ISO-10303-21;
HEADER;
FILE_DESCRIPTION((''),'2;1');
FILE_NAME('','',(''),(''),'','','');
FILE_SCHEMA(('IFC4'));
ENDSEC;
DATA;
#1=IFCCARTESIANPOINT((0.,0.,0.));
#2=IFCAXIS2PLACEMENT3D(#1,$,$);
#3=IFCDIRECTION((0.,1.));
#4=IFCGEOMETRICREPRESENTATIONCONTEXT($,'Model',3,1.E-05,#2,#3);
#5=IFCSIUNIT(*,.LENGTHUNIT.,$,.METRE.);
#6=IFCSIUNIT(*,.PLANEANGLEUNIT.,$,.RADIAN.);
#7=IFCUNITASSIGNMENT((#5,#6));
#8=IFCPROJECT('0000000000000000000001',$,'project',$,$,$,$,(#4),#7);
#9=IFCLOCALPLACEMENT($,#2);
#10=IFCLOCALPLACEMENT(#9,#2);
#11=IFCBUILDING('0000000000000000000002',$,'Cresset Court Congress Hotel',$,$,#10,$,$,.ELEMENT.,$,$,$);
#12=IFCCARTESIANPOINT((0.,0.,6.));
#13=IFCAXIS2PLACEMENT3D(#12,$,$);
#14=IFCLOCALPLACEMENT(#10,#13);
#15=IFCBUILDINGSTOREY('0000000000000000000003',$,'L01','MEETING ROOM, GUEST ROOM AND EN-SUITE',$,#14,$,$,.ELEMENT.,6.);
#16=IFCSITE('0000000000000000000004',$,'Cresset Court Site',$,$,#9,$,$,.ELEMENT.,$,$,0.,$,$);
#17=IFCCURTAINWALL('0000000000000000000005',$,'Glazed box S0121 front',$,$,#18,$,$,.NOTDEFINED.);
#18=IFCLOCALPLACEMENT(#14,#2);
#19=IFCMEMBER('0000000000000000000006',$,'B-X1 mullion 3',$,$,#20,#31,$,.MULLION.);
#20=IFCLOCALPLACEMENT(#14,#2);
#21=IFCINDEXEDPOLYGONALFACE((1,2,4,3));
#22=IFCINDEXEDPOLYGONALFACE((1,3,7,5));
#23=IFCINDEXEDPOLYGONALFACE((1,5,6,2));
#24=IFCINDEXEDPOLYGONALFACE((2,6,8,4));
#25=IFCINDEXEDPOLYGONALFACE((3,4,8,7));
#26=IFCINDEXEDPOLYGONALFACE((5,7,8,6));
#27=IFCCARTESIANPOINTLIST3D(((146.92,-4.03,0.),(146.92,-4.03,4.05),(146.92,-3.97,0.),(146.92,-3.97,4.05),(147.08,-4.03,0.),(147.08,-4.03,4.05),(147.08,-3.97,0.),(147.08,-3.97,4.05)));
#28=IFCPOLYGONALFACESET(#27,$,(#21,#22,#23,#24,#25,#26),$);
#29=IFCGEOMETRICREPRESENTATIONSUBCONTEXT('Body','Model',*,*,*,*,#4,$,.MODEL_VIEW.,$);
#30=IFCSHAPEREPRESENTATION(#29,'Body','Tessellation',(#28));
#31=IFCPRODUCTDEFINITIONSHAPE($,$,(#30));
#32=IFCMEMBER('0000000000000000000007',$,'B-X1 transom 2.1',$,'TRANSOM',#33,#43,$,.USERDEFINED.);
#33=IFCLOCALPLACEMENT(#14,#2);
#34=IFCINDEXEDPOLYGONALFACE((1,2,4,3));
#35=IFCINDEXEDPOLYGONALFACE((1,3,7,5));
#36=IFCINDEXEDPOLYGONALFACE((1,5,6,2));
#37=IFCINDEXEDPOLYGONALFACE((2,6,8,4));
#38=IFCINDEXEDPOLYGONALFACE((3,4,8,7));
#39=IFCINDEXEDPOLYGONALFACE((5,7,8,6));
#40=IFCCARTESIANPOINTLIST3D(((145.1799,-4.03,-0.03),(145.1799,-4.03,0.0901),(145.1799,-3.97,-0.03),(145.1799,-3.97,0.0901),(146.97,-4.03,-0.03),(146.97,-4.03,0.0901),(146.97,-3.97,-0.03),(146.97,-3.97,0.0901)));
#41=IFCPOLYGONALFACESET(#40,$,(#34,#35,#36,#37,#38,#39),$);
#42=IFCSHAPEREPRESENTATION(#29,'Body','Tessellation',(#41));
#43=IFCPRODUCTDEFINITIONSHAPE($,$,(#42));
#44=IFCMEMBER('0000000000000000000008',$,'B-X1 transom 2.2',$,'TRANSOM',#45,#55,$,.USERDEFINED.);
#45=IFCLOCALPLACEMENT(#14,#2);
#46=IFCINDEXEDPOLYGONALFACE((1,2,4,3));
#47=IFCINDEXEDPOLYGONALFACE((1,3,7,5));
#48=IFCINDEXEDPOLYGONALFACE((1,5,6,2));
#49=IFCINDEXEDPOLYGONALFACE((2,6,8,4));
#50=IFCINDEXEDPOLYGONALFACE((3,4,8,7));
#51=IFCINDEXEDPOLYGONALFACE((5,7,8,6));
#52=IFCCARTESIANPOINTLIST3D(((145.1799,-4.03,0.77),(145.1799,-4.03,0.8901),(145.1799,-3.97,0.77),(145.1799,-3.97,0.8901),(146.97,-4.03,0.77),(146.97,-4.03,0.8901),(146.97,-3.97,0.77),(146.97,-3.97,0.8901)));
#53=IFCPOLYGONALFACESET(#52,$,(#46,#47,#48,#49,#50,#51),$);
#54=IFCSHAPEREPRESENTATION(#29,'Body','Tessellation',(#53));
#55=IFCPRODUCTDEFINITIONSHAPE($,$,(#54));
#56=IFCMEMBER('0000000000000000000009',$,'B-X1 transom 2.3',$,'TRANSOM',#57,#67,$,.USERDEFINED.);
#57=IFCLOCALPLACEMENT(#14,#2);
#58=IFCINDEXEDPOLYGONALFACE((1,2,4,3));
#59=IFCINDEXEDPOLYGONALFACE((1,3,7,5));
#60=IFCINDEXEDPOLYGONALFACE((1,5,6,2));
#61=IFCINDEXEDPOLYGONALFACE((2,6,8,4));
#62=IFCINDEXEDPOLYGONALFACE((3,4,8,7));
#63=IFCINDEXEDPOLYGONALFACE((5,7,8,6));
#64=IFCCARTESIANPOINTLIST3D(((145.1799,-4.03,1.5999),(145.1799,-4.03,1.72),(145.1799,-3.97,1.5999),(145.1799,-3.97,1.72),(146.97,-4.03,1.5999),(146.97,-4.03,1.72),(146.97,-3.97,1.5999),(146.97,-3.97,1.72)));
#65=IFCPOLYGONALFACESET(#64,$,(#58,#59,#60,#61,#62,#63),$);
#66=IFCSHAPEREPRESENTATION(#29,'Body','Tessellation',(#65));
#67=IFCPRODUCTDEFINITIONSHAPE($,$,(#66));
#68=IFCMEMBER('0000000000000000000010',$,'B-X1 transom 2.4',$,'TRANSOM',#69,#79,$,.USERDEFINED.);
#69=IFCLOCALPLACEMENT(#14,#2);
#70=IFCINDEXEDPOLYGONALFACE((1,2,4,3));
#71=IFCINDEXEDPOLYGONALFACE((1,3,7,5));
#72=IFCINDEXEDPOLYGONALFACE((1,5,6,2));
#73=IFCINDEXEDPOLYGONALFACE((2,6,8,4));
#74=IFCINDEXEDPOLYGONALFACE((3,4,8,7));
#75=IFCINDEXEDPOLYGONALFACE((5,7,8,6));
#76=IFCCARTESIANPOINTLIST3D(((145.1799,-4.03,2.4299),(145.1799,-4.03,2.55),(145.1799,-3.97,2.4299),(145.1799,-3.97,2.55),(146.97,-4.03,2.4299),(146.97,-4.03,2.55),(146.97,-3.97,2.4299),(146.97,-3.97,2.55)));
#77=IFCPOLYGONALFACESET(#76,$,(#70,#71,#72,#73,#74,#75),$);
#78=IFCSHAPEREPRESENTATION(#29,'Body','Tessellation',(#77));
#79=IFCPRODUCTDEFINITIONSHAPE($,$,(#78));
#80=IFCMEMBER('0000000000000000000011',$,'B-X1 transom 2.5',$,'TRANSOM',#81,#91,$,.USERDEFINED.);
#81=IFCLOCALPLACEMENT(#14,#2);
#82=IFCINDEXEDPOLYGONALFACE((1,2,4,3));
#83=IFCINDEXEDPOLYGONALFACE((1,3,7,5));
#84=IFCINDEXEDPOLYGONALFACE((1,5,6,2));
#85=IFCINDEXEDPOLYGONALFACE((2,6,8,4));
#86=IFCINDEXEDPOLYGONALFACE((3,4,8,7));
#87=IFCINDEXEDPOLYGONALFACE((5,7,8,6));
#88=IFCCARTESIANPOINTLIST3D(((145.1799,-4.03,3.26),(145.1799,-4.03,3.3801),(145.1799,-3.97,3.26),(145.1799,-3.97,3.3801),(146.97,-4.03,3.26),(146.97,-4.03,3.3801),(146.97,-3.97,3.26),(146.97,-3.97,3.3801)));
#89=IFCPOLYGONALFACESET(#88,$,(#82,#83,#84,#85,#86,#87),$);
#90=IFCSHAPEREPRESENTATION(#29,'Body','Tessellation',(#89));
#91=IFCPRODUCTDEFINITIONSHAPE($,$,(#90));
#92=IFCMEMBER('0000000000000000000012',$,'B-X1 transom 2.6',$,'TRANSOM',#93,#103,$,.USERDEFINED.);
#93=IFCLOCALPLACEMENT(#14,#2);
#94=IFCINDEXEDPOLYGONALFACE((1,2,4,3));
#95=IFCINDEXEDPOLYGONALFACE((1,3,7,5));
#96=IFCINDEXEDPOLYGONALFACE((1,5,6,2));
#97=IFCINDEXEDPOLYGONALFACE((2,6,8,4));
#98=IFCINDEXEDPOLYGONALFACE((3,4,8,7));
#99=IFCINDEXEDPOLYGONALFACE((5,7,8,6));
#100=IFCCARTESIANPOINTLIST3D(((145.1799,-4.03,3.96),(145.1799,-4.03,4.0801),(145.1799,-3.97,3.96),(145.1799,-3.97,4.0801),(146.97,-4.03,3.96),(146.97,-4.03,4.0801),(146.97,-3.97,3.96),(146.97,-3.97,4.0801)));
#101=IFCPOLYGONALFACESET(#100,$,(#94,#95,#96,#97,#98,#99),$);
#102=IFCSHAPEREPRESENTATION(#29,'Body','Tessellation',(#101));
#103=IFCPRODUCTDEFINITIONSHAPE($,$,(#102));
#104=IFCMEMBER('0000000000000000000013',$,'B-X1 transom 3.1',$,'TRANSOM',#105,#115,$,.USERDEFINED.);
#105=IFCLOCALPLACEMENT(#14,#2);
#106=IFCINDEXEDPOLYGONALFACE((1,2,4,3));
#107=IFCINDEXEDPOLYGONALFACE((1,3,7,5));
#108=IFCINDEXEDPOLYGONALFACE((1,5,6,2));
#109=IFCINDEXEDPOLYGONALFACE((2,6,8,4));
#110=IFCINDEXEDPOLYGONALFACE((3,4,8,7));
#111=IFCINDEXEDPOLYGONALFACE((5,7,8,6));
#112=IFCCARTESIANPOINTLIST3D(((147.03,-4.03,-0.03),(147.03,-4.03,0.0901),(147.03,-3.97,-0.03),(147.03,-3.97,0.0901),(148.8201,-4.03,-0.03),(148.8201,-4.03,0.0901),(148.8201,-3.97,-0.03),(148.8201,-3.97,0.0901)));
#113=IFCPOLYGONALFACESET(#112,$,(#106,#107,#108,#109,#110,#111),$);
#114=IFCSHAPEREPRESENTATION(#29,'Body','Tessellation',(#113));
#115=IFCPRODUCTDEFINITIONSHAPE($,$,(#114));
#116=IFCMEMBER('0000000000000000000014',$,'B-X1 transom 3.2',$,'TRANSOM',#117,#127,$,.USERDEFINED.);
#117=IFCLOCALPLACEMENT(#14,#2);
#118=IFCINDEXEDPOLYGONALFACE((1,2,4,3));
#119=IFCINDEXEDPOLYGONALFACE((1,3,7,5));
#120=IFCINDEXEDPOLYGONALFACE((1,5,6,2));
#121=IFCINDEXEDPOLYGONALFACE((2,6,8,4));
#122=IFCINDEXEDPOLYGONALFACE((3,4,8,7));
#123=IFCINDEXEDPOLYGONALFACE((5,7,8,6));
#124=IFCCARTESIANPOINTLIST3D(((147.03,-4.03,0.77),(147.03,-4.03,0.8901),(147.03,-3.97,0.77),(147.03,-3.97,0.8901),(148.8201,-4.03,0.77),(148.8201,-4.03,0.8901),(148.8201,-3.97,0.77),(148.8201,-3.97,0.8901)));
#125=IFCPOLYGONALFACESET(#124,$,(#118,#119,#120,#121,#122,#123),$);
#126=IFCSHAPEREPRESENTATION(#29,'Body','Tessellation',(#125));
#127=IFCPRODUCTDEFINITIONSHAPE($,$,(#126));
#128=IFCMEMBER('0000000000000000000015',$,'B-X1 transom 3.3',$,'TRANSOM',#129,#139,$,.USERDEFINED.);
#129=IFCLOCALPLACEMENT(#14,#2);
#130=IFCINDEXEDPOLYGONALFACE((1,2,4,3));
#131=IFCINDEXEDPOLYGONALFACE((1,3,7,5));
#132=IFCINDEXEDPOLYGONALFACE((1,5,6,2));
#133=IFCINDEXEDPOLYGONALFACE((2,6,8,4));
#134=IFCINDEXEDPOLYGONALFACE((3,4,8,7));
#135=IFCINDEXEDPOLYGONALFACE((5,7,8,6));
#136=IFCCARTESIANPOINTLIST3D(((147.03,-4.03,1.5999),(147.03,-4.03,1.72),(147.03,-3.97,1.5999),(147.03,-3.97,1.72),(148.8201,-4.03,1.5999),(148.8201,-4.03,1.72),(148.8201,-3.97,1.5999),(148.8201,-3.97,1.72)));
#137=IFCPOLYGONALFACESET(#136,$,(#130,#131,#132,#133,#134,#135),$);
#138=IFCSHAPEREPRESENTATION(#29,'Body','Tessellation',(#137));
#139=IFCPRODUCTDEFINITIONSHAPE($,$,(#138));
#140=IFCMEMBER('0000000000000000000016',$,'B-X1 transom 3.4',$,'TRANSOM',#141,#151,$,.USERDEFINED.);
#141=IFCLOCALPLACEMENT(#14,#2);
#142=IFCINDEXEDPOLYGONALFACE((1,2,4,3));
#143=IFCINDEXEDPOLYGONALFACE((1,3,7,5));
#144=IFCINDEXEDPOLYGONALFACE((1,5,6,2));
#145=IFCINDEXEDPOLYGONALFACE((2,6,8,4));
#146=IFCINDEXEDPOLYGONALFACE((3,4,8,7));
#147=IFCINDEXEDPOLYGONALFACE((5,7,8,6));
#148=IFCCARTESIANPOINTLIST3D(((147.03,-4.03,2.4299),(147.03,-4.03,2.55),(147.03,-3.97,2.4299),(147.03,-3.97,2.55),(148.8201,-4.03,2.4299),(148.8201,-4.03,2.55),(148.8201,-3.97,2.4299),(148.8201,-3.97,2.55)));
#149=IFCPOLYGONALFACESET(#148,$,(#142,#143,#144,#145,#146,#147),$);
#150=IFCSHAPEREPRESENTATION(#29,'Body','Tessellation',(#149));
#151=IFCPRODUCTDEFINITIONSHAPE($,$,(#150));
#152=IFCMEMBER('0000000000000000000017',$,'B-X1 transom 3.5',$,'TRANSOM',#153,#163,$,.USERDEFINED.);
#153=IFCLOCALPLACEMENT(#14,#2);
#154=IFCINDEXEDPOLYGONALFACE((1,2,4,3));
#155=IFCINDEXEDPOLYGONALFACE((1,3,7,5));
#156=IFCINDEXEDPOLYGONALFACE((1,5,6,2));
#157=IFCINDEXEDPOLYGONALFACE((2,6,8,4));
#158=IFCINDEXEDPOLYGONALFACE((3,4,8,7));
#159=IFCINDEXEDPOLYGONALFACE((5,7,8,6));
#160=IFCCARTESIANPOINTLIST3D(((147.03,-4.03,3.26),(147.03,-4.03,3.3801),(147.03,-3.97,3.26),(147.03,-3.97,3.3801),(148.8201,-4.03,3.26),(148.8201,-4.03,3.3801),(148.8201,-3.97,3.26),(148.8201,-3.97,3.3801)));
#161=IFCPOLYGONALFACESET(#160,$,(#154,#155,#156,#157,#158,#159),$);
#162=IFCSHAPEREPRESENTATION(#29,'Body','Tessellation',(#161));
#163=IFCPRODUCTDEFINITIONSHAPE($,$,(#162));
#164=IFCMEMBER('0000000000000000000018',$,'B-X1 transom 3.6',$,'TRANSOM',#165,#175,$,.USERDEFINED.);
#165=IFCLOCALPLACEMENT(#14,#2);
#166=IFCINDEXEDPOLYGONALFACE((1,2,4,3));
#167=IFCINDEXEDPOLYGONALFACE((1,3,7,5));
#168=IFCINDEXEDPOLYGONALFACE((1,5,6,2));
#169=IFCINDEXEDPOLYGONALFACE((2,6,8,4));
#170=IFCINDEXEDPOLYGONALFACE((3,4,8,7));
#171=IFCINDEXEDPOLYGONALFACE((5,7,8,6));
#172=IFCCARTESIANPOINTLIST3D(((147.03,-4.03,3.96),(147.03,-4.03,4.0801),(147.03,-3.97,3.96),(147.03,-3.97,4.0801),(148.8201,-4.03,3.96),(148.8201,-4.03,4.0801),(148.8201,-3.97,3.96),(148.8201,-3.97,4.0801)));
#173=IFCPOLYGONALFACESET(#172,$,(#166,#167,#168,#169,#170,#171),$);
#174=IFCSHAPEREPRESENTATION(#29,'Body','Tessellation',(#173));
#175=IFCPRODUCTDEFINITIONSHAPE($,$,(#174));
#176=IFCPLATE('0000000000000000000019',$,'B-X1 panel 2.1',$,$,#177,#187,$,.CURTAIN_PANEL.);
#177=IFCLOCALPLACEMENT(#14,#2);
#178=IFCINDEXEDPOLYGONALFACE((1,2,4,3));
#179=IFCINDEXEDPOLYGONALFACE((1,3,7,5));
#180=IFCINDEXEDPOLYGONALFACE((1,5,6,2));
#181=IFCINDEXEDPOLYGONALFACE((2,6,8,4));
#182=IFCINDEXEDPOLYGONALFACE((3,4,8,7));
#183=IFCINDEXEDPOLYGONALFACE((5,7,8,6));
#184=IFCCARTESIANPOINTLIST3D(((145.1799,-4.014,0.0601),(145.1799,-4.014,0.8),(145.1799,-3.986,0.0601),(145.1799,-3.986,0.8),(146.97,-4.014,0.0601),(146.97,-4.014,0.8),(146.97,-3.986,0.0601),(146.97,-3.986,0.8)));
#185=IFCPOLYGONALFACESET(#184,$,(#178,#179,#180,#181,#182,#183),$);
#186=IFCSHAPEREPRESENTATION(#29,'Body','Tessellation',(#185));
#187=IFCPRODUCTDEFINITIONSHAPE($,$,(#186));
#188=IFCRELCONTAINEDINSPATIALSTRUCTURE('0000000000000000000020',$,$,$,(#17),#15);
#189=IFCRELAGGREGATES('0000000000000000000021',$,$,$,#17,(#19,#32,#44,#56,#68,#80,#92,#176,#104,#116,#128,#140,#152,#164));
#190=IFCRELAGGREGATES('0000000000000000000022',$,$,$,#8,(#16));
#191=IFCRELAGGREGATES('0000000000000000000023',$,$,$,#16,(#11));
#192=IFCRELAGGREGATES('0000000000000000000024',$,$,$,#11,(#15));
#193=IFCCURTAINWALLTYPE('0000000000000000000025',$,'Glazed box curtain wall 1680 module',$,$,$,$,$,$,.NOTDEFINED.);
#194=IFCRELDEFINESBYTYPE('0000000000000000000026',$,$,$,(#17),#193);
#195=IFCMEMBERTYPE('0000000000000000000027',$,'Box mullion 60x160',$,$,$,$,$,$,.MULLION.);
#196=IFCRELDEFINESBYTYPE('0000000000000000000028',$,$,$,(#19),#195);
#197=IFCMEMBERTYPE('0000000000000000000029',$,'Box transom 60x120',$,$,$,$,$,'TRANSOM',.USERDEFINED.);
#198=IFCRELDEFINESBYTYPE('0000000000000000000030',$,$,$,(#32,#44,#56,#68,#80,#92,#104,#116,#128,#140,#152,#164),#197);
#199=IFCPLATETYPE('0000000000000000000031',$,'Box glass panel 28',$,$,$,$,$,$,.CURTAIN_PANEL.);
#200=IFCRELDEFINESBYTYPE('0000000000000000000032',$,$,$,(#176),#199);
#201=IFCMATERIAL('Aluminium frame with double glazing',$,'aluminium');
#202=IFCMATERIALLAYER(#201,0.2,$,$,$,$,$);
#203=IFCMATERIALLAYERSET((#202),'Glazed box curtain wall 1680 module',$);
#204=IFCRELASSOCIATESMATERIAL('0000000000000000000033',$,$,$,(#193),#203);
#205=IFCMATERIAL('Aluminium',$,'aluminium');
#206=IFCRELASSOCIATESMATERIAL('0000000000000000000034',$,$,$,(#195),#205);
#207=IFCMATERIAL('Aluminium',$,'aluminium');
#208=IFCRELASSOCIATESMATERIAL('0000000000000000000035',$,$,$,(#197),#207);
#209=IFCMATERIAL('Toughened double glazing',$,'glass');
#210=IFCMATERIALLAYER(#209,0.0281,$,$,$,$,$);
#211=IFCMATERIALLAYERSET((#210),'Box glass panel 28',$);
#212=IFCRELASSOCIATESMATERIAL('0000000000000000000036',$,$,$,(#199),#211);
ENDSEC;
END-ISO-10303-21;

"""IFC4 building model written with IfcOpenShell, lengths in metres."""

from ifc_helpers import new_model, si_unit, direction, frame, origin, origin_2d, place, context, subcontext, project, spatial, rectangle, extrude, material, layer, layer_set, material_profile, profile_set, type_object, element, aggregate, save


model = new_model("IFC4")

# Units and contexts
model_context = context("Model", 3, precision=1e-05, world=origin(), true_north=direction((0.0, 1.0)))
body_context = subcontext(model_context, "Body", "Model", "MODEL_VIEW")
ifc_project = project(units=[si_unit("LENGTHUNIT", "METRE"), si_unit("PLANEANGLEUNIT", "RADIAN")], contexts=[model_context])

# Site, building, storey
site_placement = place(None, origin())
site = spatial("IfcSite", under=ifc_project, at=site_placement, Name="Cresset Court Site", CompositionType="ELEMENT", RefElevation=0.0)
building_placement = place(site_placement, origin())
building = spatial("IfcBuilding", under=site, at=building_placement, Name="Cresset Court Congress Hotel", CompositionType="ELEMENT")
storey_placement = place(building_placement, frame((0.0, 0.0, 6.0)))
storey = spatial("IfcBuildingStorey", under=building, at=storey_placement, Name="L01", Description="MEETING ROOM, GUEST ROOM AND EN-SUITE", CompositionType="ELEMENT", Elevation=6.0)

# Curtain wall, members, plate
ifc_material_1 = material(Name="Aluminium frame with double glazing", Category="aluminium")
ifc_layer_1 = layer(ifc_material_1, 0.2)
ifc_layer_set_1 = layer_set([ifc_layer_1], Name="Glazed box curtain wall 1680 module")
curtain_wall_type = type_object("IfcCurtainWallType", Name="Glazed box curtain wall 1680 module", PredefinedType="NOTDEFINED", material=ifc_layer_set_1)
curtain_wall_placement = place(storey_placement, origin())
curtain_wall = element("IfcCurtainWall", 1, at=curtain_wall_placement, inside=storey, type_object=curtain_wall_type, Name="Glazed box S0121 front", PredefinedType="NOTDEFINED")
ifc_material_2 = material(Name="Aluminium", Category="aluminium")
ifc_material_profile_1 = material_profile(ifc_material_2, rectangle(XDim=0.0601, YDim=0.1599, at=origin_2d()), Name="Box mullion 60x160")
ifc_profile_set_1 = profile_set([ifc_material_profile_1], Name="Aluminium")
member_type_1 = type_object("IfcMemberType", Name="Box mullion 60x160", PredefinedType="MULLION", material=ifc_profile_set_1)
member_1_placement = place(storey_placement, frame((147.0, -4.0, 0.0), z_axis=(0.0, 0.0, 1.0), x_axis=(0.0, 1.0, 0.0)))
member_1 = element("IfcMember", 2, at=member_1_placement, type_object=member_type_1, Name="B-X1 mullion 3", PredefinedType="MULLION", context=body_context, shape_type="SweptSolid", body=[
    extrude(rectangle(XDim=0.0601, YDim=0.1599, at=origin_2d()), origin(), (0.0, 0.0, 1.0), 4.05),
])
ifc_material_3 = material(Name="Aluminium", Category="aluminium")
ifc_material_profile_2 = material_profile(ifc_material_3, rectangle(XDim=0.0601, YDim=0.1201, at=origin_2d()), Name="Box transom 60x120")
ifc_profile_set_2 = profile_set([ifc_material_profile_2], Name="Aluminium")
member_type_2 = type_object("IfcMemberType", Name="Box transom 60x120", ElementType="TRANSOM", PredefinedType="USERDEFINED", material=ifc_profile_set_2)
member_2_placement = place(storey_placement, frame((145.1799, -4.0, 0.03), z_axis=(1.0, 0.0, 0.0), x_axis=(0.0, 1.0, 0.0)))
member_2 = element("IfcMember", 3, at=member_2_placement, type_object=member_type_2, Name="B-X1 transom 2.1", ObjectType="TRANSOM", PredefinedType="USERDEFINED", context=body_context, shape_type="SweptSolid", body=[
    extrude(rectangle(XDim=0.0601, YDim=0.1201, at=origin_2d()), origin(), (0.0, 0.0, 1.0), 1.79),
])
member_3_placement = place(storey_placement, frame((145.1799, -4.0, 0.8301), z_axis=(1.0, 0.0, 0.0), x_axis=(0.0, 1.0, 0.0)))
member_3 = element("IfcMember", 4, at=member_3_placement, type_object=member_type_2, Name="B-X1 transom 2.2", ObjectType="TRANSOM", PredefinedType="USERDEFINED", context=body_context, shape_type="SweptSolid", body=[
    extrude(rectangle(XDim=0.0601, YDim=0.1201, at=origin_2d()), origin(), (0.0, 0.0, 1.0), 1.79),
])
member_4_placement = place(storey_placement, frame((145.1799, -4.0, 1.6599), z_axis=(1.0, 0.0, 0.0), x_axis=(0.0, 1.0, 0.0)))
member_4 = element("IfcMember", 5, at=member_4_placement, type_object=member_type_2, Name="B-X1 transom 2.3", ObjectType="TRANSOM", PredefinedType="USERDEFINED", context=body_context, shape_type="SweptSolid", body=[
    extrude(rectangle(XDim=0.0601, YDim=0.1201, at=origin_2d()), origin(), (0.0, 0.0, 1.0), 1.79),
])
member_5_placement = place(storey_placement, frame((145.1799, -4.0, 2.49), z_axis=(1.0, 0.0, 0.0), x_axis=(0.0, 1.0, 0.0)))
member_5 = element("IfcMember", 6, at=member_5_placement, type_object=member_type_2, Name="B-X1 transom 2.4", ObjectType="TRANSOM", PredefinedType="USERDEFINED", context=body_context, shape_type="SweptSolid", body=[
    extrude(rectangle(XDim=0.0601, YDim=0.1201, at=origin_2d()), origin(), (0.0, 0.0, 1.0), 1.79),
])
member_6_placement = place(storey_placement, frame((145.1799, -4.0, 3.3201), z_axis=(1.0, 0.0, 0.0), x_axis=(0.0, 1.0, 0.0)))
member_6 = element("IfcMember", 7, at=member_6_placement, type_object=member_type_2, Name="B-X1 transom 2.5", ObjectType="TRANSOM", PredefinedType="USERDEFINED", context=body_context, shape_type="SweptSolid", body=[
    extrude(rectangle(XDim=0.0601, YDim=0.1201, at=origin_2d()), origin(), (0.0, 0.0, 1.0), 1.79),
])
member_7_placement = place(storey_placement, frame((145.1799, -4.0, 4.02), z_axis=(1.0, 0.0, 0.0), x_axis=(0.0, 1.0, 0.0)))
member_7 = element("IfcMember", 8, at=member_7_placement, type_object=member_type_2, Name="B-X1 transom 2.6", ObjectType="TRANSOM", PredefinedType="USERDEFINED", context=body_context, shape_type="SweptSolid", body=[
    extrude(rectangle(XDim=0.0601, YDim=0.1201, at=origin_2d()), origin(), (0.0, 0.0, 1.0), 1.79),
])
member_8_placement = place(storey_placement, frame((147.03, -4.0, 0.03), z_axis=(1.0, 0.0, 0.0), x_axis=(0.0, 1.0, 0.0)))
member_8 = element("IfcMember", 9, at=member_8_placement, type_object=member_type_2, Name="B-X1 transom 3.1", ObjectType="TRANSOM", PredefinedType="USERDEFINED", context=body_context, shape_type="SweptSolid", body=[
    extrude(rectangle(XDim=0.0601, YDim=0.1201, at=origin_2d()), origin(), (0.0, 0.0, 1.0), 1.79),
])
member_9_placement = place(storey_placement, frame((147.03, -4.0, 0.8301), z_axis=(1.0, 0.0, 0.0), x_axis=(0.0, 1.0, 0.0)))
member_9 = element("IfcMember", 10, at=member_9_placement, type_object=member_type_2, Name="B-X1 transom 3.2", ObjectType="TRANSOM", PredefinedType="USERDEFINED", context=body_context, shape_type="SweptSolid", body=[
    extrude(rectangle(XDim=0.0601, YDim=0.1201, at=origin_2d()), origin(), (0.0, 0.0, 1.0), 1.79),
])
member_10_placement = place(storey_placement, frame((147.03, -4.0, 1.6599), z_axis=(1.0, 0.0, 0.0), x_axis=(0.0, 1.0, 0.0)))
member_10 = element("IfcMember", 11, at=member_10_placement, type_object=member_type_2, Name="B-X1 transom 3.3", ObjectType="TRANSOM", PredefinedType="USERDEFINED", context=body_context, shape_type="SweptSolid", body=[
    extrude(rectangle(XDim=0.0601, YDim=0.1201, at=origin_2d()), origin(), (0.0, 0.0, 1.0), 1.79),
])
member_11_placement = place(storey_placement, frame((147.03, -4.0, 2.49), z_axis=(1.0, 0.0, 0.0), x_axis=(0.0, 1.0, 0.0)))
member_11 = element("IfcMember", 12, at=member_11_placement, type_object=member_type_2, Name="B-X1 transom 3.4", ObjectType="TRANSOM", PredefinedType="USERDEFINED", context=body_context, shape_type="SweptSolid", body=[
    extrude(rectangle(XDim=0.0601, YDim=0.1201, at=origin_2d()), origin(), (0.0, 0.0, 1.0), 1.79),
])
member_12_placement = place(storey_placement, frame((147.03, -4.0, 3.3201), z_axis=(1.0, 0.0, 0.0), x_axis=(0.0, 1.0, 0.0)))
member_12 = element("IfcMember", 13, at=member_12_placement, type_object=member_type_2, Name="B-X1 transom 3.5", ObjectType="TRANSOM", PredefinedType="USERDEFINED", context=body_context, shape_type="SweptSolid", body=[
    extrude(rectangle(XDim=0.0601, YDim=0.1201, at=origin_2d()), origin(), (0.0, 0.0, 1.0), 1.79),
])
member_13_placement = place(storey_placement, frame((147.03, -4.0, 4.02), z_axis=(1.0, 0.0, 0.0), x_axis=(0.0, 1.0, 0.0)))
member_13 = element("IfcMember", 14, at=member_13_placement, type_object=member_type_2, Name="B-X1 transom 3.6", ObjectType="TRANSOM", PredefinedType="USERDEFINED", context=body_context, shape_type="SweptSolid", body=[
    extrude(rectangle(XDim=0.0601, YDim=0.1201, at=origin_2d()), origin(), (0.0, 0.0, 1.0), 1.79),
])
ifc_material_4 = material(Name="Toughened double glazing", Category="glass")
ifc_layer_2 = layer(ifc_material_4, 0.0281)
ifc_layer_set_2 = layer_set([ifc_layer_2], Name="Box glass panel 28")
plate_type_1 = type_object("IfcPlateType", Name="Box glass panel 28", PredefinedType="CURTAIN_PANEL", material=ifc_layer_set_2)
plate_1_placement = place(storey_placement, frame((146.075, -4.0, 0.0601), z_axis=(0.0, 0.0, 1.0), x_axis=(1.0, 0.0, 0.0)))
plate_1 = element("IfcPlate", 15, at=plate_1_placement, type_object=plate_type_1, Name="B-X1 panel 2.1", PredefinedType="CURTAIN_PANEL", context=body_context, shape_type="SweptSolid", body=[
    extrude(rectangle(XDim=1.79, YDim=0.0281, at=origin_2d()), origin(), (0.0, 0.0, 1.0), 0.74),
])
aggregate(curtain_wall, [member_1, member_2, member_3, member_4, member_5, member_6, member_7, plate_1, member_8, member_9, member_10, member_11, member_12, member_13])

save(model, "model.ifc")
